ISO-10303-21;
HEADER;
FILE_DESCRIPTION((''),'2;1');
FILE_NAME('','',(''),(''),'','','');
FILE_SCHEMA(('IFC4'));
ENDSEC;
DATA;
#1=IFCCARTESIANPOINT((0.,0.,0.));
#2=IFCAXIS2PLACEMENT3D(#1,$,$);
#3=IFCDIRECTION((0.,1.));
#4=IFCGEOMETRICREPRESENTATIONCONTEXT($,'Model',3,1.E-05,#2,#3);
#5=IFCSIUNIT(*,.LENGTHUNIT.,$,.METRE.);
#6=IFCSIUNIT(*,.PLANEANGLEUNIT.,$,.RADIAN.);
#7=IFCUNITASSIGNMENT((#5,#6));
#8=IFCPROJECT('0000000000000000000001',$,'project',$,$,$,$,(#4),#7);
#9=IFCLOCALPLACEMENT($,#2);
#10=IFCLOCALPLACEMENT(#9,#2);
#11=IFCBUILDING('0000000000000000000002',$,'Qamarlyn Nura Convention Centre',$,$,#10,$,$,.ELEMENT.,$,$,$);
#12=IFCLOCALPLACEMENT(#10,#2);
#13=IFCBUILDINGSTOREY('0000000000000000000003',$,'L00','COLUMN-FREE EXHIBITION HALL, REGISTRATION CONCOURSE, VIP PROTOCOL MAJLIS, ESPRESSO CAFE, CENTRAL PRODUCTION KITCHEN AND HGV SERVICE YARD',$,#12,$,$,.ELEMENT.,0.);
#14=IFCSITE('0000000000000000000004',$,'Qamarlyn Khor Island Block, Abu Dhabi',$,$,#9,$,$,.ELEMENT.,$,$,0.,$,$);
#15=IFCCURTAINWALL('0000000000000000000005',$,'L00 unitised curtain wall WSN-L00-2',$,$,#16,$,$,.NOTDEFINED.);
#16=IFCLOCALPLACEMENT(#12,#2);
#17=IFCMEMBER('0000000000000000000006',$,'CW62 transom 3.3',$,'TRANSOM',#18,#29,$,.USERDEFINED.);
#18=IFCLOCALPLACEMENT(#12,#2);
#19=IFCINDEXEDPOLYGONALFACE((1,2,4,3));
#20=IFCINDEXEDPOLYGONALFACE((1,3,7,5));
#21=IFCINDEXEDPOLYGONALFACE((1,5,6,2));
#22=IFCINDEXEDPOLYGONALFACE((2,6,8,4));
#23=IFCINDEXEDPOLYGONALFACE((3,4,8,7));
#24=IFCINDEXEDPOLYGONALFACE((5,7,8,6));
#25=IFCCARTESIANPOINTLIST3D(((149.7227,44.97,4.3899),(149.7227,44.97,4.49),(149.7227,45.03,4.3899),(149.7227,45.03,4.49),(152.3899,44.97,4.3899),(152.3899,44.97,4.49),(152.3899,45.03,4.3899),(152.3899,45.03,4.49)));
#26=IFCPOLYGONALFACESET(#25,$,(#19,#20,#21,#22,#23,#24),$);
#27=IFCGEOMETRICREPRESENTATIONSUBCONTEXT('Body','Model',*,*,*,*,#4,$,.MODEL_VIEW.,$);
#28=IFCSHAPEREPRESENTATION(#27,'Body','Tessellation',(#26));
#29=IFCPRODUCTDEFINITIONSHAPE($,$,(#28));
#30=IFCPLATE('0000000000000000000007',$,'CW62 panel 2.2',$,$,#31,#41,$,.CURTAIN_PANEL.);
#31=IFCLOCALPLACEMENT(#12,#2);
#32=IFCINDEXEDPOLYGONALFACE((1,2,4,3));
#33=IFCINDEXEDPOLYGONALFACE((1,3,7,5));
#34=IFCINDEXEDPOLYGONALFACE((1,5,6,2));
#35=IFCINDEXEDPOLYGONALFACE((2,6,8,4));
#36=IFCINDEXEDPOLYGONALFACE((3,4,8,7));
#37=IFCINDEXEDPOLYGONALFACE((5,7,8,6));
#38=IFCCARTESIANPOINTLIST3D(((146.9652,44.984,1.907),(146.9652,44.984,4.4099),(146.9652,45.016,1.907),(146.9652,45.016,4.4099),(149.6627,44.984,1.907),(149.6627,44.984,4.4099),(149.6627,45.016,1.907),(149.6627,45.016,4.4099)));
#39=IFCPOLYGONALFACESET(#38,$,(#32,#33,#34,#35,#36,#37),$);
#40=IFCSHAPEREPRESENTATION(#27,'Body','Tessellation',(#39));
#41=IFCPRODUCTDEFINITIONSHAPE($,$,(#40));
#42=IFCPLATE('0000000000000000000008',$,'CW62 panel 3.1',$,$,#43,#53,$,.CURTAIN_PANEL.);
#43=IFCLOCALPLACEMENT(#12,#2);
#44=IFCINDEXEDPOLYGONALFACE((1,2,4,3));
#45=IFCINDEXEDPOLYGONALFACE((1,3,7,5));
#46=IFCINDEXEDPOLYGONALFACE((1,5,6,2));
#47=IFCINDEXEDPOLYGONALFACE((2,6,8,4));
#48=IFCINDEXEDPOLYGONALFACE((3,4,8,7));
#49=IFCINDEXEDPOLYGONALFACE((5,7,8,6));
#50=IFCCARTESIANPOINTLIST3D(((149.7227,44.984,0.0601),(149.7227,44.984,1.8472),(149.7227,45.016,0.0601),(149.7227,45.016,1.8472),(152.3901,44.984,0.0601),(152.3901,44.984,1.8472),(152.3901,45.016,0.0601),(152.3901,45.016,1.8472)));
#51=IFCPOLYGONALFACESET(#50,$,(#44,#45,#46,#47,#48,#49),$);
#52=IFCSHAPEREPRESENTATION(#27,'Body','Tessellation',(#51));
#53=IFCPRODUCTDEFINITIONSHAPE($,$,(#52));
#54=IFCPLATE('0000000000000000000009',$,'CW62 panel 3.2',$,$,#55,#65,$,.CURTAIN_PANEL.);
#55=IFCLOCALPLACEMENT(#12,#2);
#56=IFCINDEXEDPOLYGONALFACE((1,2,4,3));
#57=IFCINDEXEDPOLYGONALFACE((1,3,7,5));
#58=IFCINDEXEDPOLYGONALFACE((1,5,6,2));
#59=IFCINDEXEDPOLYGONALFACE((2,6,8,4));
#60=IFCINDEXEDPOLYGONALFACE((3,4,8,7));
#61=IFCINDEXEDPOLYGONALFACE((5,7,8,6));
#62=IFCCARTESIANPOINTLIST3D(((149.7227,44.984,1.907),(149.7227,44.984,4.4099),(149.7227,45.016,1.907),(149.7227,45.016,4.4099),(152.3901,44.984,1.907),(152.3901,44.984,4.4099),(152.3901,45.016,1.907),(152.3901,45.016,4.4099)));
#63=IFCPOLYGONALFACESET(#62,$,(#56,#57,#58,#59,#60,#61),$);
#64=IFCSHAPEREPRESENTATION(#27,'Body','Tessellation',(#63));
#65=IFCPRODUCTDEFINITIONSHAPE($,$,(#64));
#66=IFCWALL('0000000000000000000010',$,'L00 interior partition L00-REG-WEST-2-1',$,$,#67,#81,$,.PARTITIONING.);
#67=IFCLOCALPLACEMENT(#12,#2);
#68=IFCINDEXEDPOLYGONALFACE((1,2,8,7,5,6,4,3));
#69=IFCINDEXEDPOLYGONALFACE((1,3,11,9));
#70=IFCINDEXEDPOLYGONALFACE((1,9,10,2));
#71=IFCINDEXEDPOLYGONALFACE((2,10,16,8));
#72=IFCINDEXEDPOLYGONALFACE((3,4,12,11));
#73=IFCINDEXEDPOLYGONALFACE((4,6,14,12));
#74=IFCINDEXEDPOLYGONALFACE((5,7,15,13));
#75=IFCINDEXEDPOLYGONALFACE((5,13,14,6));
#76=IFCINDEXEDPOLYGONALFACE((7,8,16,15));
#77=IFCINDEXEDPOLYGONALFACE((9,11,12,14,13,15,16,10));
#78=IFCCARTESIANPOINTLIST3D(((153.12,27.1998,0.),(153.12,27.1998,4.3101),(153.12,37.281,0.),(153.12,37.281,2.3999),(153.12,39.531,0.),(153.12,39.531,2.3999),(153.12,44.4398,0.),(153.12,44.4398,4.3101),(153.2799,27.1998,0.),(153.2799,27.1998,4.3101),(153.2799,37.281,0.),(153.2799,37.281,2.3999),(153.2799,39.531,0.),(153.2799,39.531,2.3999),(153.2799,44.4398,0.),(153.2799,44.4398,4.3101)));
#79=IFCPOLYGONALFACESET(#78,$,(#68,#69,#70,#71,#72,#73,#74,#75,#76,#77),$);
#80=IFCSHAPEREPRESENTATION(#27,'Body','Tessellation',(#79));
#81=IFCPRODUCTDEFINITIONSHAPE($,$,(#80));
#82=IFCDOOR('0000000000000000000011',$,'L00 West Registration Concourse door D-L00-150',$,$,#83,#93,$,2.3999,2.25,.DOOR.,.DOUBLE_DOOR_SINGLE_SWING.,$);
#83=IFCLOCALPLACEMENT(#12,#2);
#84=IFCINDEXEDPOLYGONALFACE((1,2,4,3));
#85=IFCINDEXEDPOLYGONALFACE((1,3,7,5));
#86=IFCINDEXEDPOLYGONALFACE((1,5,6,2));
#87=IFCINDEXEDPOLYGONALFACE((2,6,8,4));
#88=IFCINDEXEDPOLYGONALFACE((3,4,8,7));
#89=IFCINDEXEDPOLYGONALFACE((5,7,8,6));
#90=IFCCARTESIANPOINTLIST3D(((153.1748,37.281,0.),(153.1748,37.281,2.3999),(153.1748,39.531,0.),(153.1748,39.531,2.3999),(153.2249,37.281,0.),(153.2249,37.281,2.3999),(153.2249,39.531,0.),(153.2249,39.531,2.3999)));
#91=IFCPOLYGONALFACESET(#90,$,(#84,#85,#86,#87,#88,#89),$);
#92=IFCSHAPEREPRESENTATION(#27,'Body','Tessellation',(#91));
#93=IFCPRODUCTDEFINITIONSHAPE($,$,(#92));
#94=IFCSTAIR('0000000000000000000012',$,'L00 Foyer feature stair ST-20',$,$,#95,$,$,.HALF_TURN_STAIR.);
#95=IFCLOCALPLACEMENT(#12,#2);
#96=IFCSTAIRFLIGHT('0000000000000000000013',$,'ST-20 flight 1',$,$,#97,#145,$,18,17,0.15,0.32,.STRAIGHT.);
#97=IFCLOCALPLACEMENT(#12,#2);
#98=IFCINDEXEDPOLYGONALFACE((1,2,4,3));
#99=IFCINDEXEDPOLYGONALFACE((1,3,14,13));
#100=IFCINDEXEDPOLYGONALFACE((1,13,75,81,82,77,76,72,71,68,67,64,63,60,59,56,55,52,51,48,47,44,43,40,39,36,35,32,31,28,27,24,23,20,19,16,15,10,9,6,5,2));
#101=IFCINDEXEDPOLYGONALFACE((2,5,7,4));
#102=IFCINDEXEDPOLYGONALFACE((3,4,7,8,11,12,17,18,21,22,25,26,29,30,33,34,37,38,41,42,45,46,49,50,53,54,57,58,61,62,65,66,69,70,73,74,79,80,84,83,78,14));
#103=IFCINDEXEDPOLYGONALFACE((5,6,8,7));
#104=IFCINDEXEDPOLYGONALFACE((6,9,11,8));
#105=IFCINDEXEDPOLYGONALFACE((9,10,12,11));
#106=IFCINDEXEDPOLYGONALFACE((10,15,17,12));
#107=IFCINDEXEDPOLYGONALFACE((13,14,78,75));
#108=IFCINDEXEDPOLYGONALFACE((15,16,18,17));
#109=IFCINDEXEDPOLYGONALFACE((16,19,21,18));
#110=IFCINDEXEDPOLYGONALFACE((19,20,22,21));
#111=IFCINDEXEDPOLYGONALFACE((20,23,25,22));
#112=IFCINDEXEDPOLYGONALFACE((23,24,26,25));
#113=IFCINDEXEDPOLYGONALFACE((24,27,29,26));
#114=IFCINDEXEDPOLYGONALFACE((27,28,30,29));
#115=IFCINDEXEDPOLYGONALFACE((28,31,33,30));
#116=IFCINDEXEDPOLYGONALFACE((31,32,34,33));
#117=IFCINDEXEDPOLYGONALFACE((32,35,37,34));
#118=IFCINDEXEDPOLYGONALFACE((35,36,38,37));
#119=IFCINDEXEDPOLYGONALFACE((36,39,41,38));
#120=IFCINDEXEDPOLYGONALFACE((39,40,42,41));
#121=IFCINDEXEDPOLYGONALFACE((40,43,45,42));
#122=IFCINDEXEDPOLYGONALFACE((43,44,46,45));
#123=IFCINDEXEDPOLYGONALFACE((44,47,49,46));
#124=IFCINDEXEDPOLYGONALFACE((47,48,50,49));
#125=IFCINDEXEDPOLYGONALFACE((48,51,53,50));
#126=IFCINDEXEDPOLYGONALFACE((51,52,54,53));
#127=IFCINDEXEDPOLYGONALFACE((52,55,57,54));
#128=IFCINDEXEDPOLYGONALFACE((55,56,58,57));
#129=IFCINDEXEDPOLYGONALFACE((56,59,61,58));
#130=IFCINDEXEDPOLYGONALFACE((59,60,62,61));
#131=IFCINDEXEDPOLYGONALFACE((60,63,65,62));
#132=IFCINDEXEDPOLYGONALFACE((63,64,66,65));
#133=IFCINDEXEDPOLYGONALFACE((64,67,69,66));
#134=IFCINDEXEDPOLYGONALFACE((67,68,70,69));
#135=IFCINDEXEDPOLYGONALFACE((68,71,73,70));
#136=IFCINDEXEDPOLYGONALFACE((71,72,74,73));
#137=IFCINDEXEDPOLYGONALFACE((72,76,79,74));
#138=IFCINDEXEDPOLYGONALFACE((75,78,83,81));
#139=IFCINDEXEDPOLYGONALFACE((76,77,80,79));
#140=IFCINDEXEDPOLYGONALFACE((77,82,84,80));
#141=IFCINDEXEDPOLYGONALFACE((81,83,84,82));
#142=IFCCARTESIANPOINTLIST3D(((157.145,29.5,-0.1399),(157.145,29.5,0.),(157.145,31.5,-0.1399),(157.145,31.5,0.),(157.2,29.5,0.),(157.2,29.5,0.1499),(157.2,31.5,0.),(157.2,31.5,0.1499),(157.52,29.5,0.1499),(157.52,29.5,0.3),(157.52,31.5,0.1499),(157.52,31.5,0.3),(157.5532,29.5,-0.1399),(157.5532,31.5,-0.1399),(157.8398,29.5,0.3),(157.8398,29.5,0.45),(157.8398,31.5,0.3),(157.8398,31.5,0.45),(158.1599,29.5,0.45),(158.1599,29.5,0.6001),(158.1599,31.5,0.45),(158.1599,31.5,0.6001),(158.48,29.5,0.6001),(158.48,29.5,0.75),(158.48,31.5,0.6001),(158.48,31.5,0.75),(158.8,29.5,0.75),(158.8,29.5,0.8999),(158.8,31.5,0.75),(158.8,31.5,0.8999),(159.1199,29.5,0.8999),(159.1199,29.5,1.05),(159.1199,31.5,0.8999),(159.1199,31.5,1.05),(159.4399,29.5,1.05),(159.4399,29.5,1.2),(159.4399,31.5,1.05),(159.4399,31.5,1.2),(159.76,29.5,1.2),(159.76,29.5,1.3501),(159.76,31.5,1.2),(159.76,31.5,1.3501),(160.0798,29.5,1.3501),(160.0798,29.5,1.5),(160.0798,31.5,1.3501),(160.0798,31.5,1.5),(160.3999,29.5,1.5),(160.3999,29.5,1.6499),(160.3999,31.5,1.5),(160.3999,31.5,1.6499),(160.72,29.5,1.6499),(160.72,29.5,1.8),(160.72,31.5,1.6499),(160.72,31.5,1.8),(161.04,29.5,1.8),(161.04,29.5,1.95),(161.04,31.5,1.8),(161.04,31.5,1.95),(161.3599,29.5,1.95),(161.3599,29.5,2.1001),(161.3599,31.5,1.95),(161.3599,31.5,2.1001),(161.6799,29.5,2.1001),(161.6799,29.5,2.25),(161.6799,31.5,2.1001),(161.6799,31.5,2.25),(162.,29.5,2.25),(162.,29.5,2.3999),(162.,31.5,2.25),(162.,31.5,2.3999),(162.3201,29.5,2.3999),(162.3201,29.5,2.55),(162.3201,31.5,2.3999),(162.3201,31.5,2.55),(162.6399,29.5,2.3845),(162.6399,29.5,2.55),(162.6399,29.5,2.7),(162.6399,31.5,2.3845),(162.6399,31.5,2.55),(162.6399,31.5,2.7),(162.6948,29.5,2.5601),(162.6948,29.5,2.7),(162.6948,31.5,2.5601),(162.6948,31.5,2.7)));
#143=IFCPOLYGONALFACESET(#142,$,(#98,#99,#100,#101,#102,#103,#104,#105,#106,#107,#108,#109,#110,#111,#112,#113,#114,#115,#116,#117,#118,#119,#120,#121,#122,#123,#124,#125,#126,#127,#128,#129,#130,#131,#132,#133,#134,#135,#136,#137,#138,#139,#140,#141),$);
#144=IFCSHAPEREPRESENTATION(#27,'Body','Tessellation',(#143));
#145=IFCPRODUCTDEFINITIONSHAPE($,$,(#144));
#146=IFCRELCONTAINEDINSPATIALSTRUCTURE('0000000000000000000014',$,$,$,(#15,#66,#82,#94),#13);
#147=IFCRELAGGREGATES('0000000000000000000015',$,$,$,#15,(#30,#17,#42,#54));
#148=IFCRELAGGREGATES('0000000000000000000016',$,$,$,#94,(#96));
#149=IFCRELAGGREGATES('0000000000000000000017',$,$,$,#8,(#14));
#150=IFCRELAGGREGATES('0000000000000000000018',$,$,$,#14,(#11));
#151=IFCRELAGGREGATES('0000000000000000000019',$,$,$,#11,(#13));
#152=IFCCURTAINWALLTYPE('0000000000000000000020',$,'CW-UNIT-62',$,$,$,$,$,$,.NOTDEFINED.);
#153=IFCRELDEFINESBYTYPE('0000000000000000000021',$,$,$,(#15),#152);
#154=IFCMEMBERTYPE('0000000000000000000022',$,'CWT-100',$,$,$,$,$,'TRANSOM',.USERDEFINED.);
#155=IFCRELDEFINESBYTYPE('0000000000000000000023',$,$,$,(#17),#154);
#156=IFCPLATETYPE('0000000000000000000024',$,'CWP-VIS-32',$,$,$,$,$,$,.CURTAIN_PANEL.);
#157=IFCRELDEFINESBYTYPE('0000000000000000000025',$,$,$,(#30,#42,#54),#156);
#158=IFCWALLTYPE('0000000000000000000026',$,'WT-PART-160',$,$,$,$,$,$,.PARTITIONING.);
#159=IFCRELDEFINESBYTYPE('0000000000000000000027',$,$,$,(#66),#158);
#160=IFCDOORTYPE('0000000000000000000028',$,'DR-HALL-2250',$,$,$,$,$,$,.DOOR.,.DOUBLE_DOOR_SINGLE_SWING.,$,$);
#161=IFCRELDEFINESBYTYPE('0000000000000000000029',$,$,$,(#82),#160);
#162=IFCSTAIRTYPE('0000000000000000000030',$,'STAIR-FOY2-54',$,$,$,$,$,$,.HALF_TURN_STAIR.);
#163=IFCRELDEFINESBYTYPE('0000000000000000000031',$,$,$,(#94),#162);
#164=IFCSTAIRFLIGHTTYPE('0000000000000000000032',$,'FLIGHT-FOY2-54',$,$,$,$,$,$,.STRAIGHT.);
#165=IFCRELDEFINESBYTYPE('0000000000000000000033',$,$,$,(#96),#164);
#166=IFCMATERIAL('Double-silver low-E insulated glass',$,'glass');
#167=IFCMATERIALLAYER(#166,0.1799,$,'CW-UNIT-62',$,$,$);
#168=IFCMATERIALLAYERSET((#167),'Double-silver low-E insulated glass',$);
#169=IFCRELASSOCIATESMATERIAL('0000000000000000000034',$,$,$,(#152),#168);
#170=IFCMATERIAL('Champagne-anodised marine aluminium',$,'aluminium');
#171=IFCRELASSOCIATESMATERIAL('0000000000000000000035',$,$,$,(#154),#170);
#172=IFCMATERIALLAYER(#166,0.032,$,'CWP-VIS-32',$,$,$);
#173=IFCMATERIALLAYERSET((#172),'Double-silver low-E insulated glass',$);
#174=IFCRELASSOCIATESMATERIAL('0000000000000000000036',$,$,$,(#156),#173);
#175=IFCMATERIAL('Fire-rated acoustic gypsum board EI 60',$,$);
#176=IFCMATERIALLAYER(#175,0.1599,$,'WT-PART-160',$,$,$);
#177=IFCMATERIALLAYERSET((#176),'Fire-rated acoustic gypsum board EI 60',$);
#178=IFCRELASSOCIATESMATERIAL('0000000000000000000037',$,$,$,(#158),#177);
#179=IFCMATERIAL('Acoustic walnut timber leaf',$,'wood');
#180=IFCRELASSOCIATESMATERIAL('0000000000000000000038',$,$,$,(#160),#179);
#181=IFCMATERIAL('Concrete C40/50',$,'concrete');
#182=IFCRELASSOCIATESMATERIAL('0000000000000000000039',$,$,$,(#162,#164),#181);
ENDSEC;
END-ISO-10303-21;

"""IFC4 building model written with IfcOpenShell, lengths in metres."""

from ifc_helpers import new_model, si_unit, direction, frame, frame_2d, origin, origin_2d, place, context, subcontext, project, spatial, polyline, rectangle, outline, extrude, material, layer, layer_set, material_profile, profile_set, type_object, element, fill, aggregate, save


model = new_model("IFC4")

# Units and contexts
model_context = context("Model", 3, precision=1e-05, world=origin(), true_north=direction((0.0, 1.0)))
body_context = subcontext(model_context, "Body", "Model", "MODEL_VIEW")
ifc_project = project(units=[si_unit("LENGTHUNIT", "METRE"), si_unit("PLANEANGLEUNIT", "RADIAN")], contexts=[model_context])

# Site, building, storey
site_placement = place(None, origin())
site = spatial("IfcSite", under=ifc_project, at=site_placement, Name="Qamarlyn Khor Island Block, Abu Dhabi", CompositionType="ELEMENT", RefElevation=0.0)
building_placement = place(site_placement, origin())
building = spatial("IfcBuilding", under=site, at=building_placement, Name="Qamarlyn Nura Convention Centre", CompositionType="ELEMENT")
storey_placement = place(building_placement, origin())
storey = spatial("IfcBuildingStorey", under=building, at=storey_placement, Name="L00", Description="COLUMN-FREE EXHIBITION HALL, REGISTRATION CONCOURSE, VIP PROTOCOL MAJLIS, ESPRESSO CAFE, CENTRAL PRODUCTION KITCHEN AND HGV SERVICE YARD", CompositionType="ELEMENT", Elevation=0.0)

# Curtain wall, member, plates
ifc_material_1 = material(Name="Double-silver low-E insulated glass", Category="glass")
ifc_layer_1 = layer(ifc_material_1, 0.1799, Name="CW-UNIT-62")
ifc_layer_set_1 = layer_set([ifc_layer_1], Name="Double-silver low-E insulated glass")
curtain_wall_type = type_object("IfcCurtainWallType", Name="CW-UNIT-62", PredefinedType="NOTDEFINED", material=ifc_layer_set_1)
curtain_wall_placement = place(storey_placement, origin())
curtain_wall = element("IfcCurtainWall", 1, at=curtain_wall_placement, inside=storey, type_object=curtain_wall_type, Name="L00 unitised curtain wall WSN-L00-2", PredefinedType="NOTDEFINED")
ifc_material_2 = material(Name="Champagne-anodised marine aluminium", Category="aluminium")
ifc_material_profile_1 = material_profile(ifc_material_2, rectangle(XDim=0.0601, YDim=0.1001, at=origin_2d()), Name="ALU TRANSOM 60x100")
ifc_profile_set_1 = profile_set([ifc_material_profile_1], Name="Champagne-anodised marine aluminium")
member_type_1 = type_object("IfcMemberType", Name="CWT-100", ElementType="TRANSOM", PredefinedType="USERDEFINED", material=ifc_profile_set_1)
member_1_placement = place(storey_placement, frame((149.7227, 45.0, 4.4399), z_axis=(1.0, 0.0, 0.0), x_axis=(0.0, 1.0, 0.0)))
member_1 = element("IfcMember", 2, at=member_1_placement, type_object=member_type_1, Name="CW62 transom 3.3", ObjectType="TRANSOM", PredefinedType="USERDEFINED", context=body_context, shape_type="SweptSolid", body=[
    extrude(rectangle(XDim=0.0601, YDim=0.1001, at=origin_2d()), origin(), (0.0, 0.0, 1.0), 2.6672),
])
ifc_layer_2 = layer(ifc_material_1, 0.032, Name="CWP-VIS-32")
ifc_layer_set_2 = layer_set([ifc_layer_2], Name="Double-silver low-E insulated glass")
plate_type = type_object("IfcPlateType", Name="CWP-VIS-32", PredefinedType="CURTAIN_PANEL", material=ifc_layer_set_2)
plate_1_placement = place(storey_placement, frame((148.314, 45.0, 1.907), z_axis=(0.0, 0.0, 1.0), x_axis=(1.0, 0.0, 0.0)))
plate_1 = element("IfcPlate", 3, at=plate_1_placement, type_object=plate_type, Name="CW62 panel 2.2", PredefinedType="CURTAIN_PANEL", context=body_context, shape_type="SweptSolid", body=[
    extrude(rectangle(XDim=2.6975, YDim=0.032, at=origin_2d()), origin(), (0.0, 0.0, 1.0), 2.5029),
])
plate_2_placement = place(storey_placement, frame((151.0564, 45.0, 0.0601), z_axis=(0.0, 0.0, 1.0), x_axis=(1.0, 0.0, 0.0)))
plate_2 = element("IfcPlate", 4, at=plate_2_placement, type_object=plate_type, Name="CW62 panel 3.1", PredefinedType="CURTAIN_PANEL", context=body_context, shape_type="SweptSolid", body=[
    extrude(rectangle(XDim=2.6675, YDim=0.032, at=origin_2d()), origin(), (0.0, 0.0, 1.0), 1.7871),
])
plate_3_placement = place(storey_placement, frame((151.0564, 45.0, 1.907), z_axis=(0.0, 0.0, 1.0), x_axis=(1.0, 0.0, 0.0)))
plate_3 = element("IfcPlate", 5, at=plate_3_placement, type_object=plate_type, Name="CW62 panel 3.2", PredefinedType="CURTAIN_PANEL", context=body_context, shape_type="SweptSolid", body=[
    extrude(rectangle(XDim=2.6675, YDim=0.032, at=origin_2d()), origin(), (0.0, 0.0, 1.0), 2.5029),
])
aggregate(curtain_wall, [plate_1, member_1, plate_2, plate_3])

# Wall, opening, door
ifc_material_3 = material(Name="Fire-rated acoustic gypsum board EI 60")
ifc_layer_3 = layer(ifc_material_3, 0.1599, Name="WT-PART-160")
ifc_layer_set_3 = layer_set([ifc_layer_3], Name="Fire-rated acoustic gypsum board EI 60")
wall_type = type_object("IfcWallType", Name="WT-PART-160", PredefinedType="PARTITIONING", material=ifc_layer_set_3)
wall_placement = place(storey_placement, frame((153.2, 44.4399, 0.0), z_axis=(0.0, 0.0, 1.0), x_axis=(0.0, -1.0, 0.0)))
wall = element("IfcWall", 6, at=wall_placement, inside=storey, type_object=wall_type, Name="L00 interior partition L00-REG-WEST-2-1", PredefinedType="PARTITIONING", context=body_context, shape_type="SweptSolid", body=[
    extrude(rectangle(XDim=17.24, YDim=0.1599, at=frame_2d((8.6201, 0.0))), origin(), (0.0, 0.0, 1.0), 4.3101),
])
opening_placement = place(wall_placement, frame((4.9089, 0.0, 0.0)))
opening = element("IfcOpeningElement", 7, at=opening_placement, cuts=wall, PredefinedType="OPENING", context=body_context, shape_type="SweptSolid", body=[
    extrude(rectangle(XDim=2.25, YDim=2.3999, at=frame_2d((1.125, 1.2))), frame((0.0, 0.0898, 0.0), z_axis=(0.0, -1.0, 0.0), x_axis=(1.0, 0.0, 0.0)), (0.0, 0.0, 1.0), 0.1799),
])
ifc_material_4 = material(Name="Acoustic walnut timber leaf", Category="wood")
door_type = type_object("IfcDoorType", Name="DR-HALL-2250", OperationType="DOUBLE_DOOR_SINGLE_SWING", PredefinedType="DOOR", material=ifc_material_4)
door_placement = place(opening_placement, origin())
door = element("IfcDoor", 8, at=door_placement, inside=storey, type_object=door_type, Name="L00 West Registration Concourse door D-L00-150", OperationType="DOUBLE_DOOR_SINGLE_SWING", OverallHeight=2.3999, OverallWidth=2.25, PredefinedType="DOOR", context=body_context, shape_type="SweptSolid", body=[
    extrude(rectangle(XDim=2.25, YDim=2.3999, at=frame_2d((1.125, 1.2))), frame((0.0, 0.0249, 0.0), z_axis=(0.0, -1.0, 0.0), x_axis=(1.0, 0.0, 0.0)), (0.0, 0.0, 1.0), 0.05),
])
fill(opening, door)

# Stair, stair flight
ifc_material_5 = material(Name="Concrete C40/50", Category="concrete")
stair_type = type_object("IfcStairType", Name="STAIR-FOY2-54", PredefinedType="HALF_TURN_STAIR", material=ifc_material_5)
stair_placement = place(storey_placement, origin())
stair = element("IfcStair", 9, at=stair_placement, inside=storey, type_object=stair_type, Name="L00 Foyer feature stair ST-20", PredefinedType="HALF_TURN_STAIR")
stair_flight_type = type_object("IfcStairFlightType", Name="FLIGHT-FOY2-54", PredefinedType="STRAIGHT", material=ifc_material_5)
stair_flight_1_placement = place(storey_placement, frame((157.2, 30.5, 0.0), z_axis=(0.0, 0.0, 1.0), x_axis=(1.0, 0.0, 0.0)))
stair_flight_1 = element("IfcStairFlight", 10, at=stair_flight_1_placement, type_object=stair_flight_type, Name="ST-20 flight 1", NumberOfRisers=18, NumberOfTreads=17, PredefinedType="STRAIGHT", RiserHeight=0.15, TreadLength=0.32, context=body_context, shape_type="SweptSolid", body=[
    extrude(outline(polyline([(-0.0549, 0.0), (0.0, 0.0), (0.0, 0.1499), (0.3201, 0.1499), (0.3201, 0.3), (0.6399, 0.3), (0.6399, 0.45), (0.96, 0.45), (0.96, 0.6001), (1.28, 0.6001), (1.28, 0.75), (1.6001, 0.75), (1.6001, 0.8999), (1.9199, 0.8999), (1.9199, 1.05), (2.24, 1.05), (2.24, 1.2), (2.5601, 1.2), (2.5601, 1.3501), (2.8799, 1.3501), (2.8799, 1.5), (3.2, 1.5), (3.2, 1.6499), (3.52, 1.6499), (3.52, 1.8), (3.8401, 1.8), (3.8401, 1.95), (4.1599, 1.95), (4.1599, 2.1001), (4.48, 2.1001), (4.48, 2.25), (4.8, 2.25), (4.8, 2.3999), (5.1201, 2.3999), (5.1201, 2.55), (5.4399, 2.55), (5.4399, 2.7), (5.4949, 2.7), (5.4949, 2.5601), (5.4399, 2.3845), (0.3533, -0.1399), (-0.0549, -0.1399), (-0.0549, 0.0)])), frame((0.0, 1.0, 0.0), z_axis=(0.0, -1.0, 0.0), x_axis=(1.0, 0.0, 0.0)), (0.0, 0.0, 1.0), 2.0),
])
aggregate(stair, [stair_flight_1])

save(model, "model.ifc")
